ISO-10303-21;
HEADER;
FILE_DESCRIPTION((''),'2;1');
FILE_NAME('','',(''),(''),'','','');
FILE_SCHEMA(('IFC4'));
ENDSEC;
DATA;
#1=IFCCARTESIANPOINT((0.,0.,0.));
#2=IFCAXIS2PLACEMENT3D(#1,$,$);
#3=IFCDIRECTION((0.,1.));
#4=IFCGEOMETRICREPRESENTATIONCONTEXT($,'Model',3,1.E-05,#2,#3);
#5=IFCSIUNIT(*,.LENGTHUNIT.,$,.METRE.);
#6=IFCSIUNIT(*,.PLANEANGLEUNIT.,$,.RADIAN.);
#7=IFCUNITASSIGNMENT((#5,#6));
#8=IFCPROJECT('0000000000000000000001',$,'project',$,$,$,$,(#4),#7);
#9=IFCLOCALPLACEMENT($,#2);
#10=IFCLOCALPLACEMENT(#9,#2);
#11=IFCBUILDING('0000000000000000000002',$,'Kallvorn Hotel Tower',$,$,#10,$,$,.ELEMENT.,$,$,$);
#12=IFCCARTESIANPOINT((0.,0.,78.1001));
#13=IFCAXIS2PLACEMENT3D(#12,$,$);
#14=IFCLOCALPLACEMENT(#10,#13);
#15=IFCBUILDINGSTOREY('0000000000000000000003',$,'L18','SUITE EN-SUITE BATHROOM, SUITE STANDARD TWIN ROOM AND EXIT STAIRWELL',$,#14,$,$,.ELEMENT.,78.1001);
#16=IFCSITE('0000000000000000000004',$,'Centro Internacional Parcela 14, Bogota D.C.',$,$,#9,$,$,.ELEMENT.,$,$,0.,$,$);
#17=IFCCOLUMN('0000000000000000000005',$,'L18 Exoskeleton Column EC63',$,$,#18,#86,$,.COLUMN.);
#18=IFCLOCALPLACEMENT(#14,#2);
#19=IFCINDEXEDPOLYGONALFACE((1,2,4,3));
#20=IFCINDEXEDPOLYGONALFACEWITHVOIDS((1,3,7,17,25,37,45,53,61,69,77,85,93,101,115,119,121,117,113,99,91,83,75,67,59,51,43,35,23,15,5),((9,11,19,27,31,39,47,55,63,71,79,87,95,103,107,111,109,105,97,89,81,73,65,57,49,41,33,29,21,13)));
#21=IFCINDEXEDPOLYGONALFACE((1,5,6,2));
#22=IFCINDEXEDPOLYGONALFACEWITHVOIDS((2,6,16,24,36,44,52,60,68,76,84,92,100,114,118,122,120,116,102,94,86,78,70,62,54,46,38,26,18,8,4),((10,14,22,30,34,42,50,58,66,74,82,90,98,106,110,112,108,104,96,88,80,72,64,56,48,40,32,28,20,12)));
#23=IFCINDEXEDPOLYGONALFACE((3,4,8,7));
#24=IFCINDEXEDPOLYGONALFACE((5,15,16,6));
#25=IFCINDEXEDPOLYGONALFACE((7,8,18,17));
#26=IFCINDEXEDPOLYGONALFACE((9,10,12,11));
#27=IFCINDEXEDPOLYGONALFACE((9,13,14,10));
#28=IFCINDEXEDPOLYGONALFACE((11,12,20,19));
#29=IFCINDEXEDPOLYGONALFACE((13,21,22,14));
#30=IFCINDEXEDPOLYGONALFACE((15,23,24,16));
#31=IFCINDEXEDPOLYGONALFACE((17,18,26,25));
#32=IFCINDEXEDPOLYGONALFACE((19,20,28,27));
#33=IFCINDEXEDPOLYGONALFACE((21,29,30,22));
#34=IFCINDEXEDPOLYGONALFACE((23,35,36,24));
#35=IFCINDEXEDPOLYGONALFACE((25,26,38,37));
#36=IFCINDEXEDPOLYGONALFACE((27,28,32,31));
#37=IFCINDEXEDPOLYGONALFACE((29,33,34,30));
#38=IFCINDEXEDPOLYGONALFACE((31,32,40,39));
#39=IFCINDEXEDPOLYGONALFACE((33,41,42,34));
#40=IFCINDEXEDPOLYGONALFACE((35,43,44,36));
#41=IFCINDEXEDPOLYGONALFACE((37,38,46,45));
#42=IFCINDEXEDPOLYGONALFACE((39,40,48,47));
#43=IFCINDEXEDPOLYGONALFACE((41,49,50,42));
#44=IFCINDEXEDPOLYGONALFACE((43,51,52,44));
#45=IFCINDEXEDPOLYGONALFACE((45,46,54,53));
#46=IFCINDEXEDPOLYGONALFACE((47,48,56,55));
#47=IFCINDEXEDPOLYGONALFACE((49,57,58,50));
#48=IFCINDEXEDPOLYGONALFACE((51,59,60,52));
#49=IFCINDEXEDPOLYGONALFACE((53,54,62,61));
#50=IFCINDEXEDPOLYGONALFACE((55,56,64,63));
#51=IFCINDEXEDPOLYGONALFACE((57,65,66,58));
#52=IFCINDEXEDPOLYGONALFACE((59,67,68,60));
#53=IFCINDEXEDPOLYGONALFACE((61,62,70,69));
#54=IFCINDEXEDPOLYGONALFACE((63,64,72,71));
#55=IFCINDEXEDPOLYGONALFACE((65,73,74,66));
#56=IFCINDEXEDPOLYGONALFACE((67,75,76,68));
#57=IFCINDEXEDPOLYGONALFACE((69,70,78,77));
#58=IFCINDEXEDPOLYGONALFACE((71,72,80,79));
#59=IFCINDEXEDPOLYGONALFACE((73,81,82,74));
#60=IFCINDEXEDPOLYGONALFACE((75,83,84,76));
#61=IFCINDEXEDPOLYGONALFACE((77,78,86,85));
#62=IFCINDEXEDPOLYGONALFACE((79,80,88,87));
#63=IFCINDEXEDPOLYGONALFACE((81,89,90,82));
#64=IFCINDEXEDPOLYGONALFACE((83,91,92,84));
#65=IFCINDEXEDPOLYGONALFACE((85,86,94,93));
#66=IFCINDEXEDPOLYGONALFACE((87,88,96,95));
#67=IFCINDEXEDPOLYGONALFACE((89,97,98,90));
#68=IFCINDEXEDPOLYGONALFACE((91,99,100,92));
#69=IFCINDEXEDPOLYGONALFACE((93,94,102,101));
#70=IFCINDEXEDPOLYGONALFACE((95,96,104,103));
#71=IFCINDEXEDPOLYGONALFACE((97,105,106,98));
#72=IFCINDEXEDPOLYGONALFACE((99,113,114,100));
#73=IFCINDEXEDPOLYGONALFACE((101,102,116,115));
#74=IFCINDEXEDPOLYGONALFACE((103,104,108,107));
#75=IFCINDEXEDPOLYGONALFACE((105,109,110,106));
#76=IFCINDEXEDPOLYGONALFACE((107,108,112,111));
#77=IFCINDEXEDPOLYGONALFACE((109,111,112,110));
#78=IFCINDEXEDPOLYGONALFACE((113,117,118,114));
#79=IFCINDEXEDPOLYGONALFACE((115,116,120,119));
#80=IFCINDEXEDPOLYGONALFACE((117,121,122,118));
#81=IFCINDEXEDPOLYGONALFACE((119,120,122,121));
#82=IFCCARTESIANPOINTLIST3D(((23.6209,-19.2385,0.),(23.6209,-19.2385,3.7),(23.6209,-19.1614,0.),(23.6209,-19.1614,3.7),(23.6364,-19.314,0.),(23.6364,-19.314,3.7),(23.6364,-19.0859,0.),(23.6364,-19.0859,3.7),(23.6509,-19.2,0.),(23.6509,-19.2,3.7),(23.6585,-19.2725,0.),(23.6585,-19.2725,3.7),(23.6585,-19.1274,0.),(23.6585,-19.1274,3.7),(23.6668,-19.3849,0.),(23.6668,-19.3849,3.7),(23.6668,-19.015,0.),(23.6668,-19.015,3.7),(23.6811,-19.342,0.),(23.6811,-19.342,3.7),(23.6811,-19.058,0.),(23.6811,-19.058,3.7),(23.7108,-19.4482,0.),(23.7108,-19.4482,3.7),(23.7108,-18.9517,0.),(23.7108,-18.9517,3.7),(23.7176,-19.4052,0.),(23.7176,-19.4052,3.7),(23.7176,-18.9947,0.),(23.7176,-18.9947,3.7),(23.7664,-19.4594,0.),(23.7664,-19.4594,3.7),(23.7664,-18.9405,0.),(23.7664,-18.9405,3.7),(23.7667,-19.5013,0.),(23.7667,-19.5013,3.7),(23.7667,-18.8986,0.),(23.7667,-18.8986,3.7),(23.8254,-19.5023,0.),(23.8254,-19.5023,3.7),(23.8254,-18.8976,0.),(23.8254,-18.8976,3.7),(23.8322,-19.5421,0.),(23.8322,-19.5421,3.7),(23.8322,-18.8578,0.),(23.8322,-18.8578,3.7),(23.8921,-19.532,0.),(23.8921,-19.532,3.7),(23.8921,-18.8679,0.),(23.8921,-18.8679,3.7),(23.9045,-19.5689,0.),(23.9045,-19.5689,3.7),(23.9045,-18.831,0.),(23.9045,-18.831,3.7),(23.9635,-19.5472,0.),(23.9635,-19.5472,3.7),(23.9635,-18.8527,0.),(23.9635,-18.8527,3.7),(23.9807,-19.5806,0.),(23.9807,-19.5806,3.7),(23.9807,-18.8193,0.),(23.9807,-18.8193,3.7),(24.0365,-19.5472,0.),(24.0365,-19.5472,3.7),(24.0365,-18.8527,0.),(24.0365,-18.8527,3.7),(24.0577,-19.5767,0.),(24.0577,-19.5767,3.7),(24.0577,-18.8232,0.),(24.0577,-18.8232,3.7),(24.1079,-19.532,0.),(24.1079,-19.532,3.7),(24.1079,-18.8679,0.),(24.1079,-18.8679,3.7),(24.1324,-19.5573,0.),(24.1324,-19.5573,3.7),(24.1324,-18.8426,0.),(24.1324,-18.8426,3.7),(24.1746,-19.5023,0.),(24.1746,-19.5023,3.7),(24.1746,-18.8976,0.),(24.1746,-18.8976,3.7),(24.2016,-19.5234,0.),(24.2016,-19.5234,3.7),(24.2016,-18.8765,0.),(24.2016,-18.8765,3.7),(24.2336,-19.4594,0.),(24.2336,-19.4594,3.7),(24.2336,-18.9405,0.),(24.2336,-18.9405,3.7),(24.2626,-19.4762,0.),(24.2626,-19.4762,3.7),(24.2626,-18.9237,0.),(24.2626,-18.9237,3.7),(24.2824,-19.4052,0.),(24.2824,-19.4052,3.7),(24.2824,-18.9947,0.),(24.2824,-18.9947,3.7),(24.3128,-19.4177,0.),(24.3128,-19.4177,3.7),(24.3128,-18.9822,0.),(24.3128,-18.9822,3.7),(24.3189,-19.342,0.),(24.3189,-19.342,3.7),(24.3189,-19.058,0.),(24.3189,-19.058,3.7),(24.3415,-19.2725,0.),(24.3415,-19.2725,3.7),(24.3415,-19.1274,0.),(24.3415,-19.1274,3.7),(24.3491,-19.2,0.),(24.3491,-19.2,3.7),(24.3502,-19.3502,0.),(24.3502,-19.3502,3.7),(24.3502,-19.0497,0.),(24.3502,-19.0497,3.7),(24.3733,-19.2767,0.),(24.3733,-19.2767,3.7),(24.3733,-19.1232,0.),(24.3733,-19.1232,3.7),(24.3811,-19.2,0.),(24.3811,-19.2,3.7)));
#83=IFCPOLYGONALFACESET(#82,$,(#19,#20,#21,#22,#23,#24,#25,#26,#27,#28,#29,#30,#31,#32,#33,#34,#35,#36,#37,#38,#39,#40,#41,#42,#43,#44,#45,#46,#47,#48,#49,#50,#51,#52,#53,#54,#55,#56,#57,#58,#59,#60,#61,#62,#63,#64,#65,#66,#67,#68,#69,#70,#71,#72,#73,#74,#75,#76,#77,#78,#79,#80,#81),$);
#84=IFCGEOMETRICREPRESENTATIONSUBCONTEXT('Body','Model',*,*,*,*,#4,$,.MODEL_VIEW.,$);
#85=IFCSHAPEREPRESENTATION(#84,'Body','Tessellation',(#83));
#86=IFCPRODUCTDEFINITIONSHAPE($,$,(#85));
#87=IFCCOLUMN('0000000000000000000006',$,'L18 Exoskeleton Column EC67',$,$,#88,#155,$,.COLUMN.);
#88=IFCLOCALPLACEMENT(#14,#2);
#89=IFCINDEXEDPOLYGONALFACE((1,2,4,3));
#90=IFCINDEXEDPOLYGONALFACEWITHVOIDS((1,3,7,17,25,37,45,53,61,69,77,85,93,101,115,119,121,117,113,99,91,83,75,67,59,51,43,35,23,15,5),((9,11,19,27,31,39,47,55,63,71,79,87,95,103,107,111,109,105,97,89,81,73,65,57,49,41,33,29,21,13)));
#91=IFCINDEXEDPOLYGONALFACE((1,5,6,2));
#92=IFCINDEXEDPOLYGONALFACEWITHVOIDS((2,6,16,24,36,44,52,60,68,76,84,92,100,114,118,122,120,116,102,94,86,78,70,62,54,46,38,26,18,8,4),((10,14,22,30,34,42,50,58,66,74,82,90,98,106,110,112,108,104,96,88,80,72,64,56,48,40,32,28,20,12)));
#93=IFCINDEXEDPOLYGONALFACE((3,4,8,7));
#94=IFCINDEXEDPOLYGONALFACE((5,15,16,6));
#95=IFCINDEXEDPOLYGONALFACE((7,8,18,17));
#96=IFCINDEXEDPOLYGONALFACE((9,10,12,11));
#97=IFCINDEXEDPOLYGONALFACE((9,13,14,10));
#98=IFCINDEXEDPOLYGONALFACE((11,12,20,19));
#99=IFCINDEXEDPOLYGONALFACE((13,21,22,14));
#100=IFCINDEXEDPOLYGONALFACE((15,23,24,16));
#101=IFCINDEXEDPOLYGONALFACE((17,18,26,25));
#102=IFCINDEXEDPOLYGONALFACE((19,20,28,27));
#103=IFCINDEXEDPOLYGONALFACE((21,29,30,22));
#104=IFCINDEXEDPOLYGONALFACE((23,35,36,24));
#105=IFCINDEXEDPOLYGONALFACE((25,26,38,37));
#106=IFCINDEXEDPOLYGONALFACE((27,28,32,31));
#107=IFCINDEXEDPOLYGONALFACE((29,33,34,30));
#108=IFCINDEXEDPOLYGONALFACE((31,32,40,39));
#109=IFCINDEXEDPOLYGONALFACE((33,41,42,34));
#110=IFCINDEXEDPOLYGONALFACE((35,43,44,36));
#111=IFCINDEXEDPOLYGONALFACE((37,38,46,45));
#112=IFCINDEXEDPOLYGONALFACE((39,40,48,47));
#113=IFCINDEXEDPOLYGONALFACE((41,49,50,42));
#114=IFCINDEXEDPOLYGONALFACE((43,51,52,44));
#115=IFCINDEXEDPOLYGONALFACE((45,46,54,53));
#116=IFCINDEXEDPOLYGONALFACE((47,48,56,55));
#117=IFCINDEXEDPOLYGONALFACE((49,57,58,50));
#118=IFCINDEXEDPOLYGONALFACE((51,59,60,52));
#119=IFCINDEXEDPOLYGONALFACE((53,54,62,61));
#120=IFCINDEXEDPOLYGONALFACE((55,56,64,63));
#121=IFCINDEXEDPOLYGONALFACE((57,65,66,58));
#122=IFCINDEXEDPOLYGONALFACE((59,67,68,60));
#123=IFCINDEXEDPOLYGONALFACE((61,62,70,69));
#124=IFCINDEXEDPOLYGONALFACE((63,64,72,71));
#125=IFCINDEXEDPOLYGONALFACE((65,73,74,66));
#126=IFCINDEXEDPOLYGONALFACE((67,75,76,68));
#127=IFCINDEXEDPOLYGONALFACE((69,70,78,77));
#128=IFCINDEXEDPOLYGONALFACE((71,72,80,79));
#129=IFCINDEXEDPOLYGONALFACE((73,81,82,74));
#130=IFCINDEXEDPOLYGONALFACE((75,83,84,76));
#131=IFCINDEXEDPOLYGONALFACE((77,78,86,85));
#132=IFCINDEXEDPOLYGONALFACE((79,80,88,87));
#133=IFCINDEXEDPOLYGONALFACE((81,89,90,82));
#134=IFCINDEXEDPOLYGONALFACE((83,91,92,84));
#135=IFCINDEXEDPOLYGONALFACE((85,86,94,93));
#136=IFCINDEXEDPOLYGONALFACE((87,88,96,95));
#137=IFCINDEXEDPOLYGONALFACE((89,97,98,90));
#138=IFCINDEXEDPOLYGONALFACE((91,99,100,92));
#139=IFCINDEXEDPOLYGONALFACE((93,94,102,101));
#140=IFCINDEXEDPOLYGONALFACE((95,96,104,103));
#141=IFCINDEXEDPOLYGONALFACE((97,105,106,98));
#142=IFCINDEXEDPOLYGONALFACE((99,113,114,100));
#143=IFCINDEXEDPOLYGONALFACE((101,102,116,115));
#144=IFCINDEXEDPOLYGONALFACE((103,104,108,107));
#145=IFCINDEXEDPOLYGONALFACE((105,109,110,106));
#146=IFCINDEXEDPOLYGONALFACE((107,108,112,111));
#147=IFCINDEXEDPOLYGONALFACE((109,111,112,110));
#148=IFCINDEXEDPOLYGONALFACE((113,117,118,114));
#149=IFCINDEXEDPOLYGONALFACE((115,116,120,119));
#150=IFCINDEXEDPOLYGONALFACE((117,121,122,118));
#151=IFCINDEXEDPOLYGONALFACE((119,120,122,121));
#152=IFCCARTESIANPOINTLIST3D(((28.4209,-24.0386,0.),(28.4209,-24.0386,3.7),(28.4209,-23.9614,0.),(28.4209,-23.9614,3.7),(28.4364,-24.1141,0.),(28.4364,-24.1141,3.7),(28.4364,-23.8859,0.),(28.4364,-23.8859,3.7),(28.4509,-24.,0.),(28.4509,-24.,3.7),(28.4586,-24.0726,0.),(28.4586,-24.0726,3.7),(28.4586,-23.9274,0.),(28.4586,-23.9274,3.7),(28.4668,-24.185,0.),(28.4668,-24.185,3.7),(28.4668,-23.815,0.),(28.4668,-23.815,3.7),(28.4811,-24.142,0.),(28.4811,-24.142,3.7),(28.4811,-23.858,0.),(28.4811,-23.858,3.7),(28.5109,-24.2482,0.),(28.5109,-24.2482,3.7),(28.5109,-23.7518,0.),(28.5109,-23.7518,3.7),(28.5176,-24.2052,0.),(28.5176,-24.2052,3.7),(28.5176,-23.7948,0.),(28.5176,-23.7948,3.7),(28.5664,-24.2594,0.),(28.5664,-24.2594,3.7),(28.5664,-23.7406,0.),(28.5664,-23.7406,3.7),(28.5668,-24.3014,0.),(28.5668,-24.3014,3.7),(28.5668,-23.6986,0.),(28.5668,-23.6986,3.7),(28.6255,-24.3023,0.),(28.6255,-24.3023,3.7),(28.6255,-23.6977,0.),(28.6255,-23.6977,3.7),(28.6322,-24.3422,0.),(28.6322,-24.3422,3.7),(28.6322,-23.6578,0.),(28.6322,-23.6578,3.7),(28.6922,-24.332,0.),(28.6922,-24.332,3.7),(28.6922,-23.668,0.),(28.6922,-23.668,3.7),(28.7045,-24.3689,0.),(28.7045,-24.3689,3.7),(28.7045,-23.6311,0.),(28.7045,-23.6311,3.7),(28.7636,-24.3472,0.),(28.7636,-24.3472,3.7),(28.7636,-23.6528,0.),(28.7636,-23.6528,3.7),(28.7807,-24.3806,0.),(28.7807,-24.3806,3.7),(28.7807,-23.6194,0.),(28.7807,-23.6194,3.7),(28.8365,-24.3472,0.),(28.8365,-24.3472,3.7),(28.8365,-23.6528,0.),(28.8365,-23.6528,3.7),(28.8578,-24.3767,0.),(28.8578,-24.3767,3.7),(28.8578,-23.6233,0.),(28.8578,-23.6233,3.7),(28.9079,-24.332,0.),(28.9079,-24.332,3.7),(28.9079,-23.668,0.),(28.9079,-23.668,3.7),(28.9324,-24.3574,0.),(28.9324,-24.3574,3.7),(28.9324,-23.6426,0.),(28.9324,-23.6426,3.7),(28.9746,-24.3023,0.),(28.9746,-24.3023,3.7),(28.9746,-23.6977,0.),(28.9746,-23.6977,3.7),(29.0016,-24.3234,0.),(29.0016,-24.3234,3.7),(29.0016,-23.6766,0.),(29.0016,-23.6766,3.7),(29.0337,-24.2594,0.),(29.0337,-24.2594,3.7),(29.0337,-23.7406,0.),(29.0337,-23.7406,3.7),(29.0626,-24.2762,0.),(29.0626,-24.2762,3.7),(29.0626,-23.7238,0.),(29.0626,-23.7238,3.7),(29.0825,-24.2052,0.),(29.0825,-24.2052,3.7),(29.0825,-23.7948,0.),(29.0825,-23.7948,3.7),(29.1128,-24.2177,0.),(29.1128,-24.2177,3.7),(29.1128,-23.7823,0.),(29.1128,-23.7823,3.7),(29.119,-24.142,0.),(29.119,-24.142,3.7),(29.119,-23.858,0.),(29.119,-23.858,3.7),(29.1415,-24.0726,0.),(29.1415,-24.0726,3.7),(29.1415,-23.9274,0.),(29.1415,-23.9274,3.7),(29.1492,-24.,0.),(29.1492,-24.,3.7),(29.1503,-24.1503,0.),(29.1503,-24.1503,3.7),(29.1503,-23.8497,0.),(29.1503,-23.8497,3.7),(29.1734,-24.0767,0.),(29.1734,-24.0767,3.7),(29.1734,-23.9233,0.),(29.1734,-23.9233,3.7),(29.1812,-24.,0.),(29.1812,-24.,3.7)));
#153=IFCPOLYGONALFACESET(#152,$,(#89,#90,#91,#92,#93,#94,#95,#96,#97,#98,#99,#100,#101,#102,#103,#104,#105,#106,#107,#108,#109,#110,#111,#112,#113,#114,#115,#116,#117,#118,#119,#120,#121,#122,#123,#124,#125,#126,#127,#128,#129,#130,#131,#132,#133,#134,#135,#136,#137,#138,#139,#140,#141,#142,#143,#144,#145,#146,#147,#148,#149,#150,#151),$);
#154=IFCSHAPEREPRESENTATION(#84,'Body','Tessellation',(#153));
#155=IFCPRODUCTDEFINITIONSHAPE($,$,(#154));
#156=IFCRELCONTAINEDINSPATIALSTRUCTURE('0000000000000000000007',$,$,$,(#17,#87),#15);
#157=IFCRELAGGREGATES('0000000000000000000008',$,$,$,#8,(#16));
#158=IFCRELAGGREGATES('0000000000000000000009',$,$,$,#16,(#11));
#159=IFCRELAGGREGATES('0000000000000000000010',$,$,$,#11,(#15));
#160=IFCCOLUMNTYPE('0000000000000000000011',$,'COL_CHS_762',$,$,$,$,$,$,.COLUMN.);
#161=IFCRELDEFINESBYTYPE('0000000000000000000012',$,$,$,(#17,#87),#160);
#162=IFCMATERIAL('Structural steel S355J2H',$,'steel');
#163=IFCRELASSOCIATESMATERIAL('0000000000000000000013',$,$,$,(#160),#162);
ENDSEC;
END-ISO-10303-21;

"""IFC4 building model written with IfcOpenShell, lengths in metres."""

from ifc_helpers import new_model, si_unit, direction, frame, origin, origin_2d, place, context, subcontext, project, spatial, hollow_circle, extrude, material, material_profile, profile_set, type_object, element, save


model = new_model("IFC4")

# Units and contexts
model_context = context("Model", 3, precision=1e-05, world=origin(), true_north=direction((0.0, 1.0)))
body_context = subcontext(model_context, "Body", "Model", "MODEL_VIEW")
ifc_project = project(units=[si_unit("LENGTHUNIT", "METRE"), si_unit("PLANEANGLEUNIT", "RADIAN")], contexts=[model_context])

# Site, building, storey
site_placement = place(None, origin())
site = spatial("IfcSite", under=ifc_project, at=site_placement, Name="Centro Internacional Parcela 14, Bogota D.C.", CompositionType="ELEMENT", RefElevation=0.0)
building_placement = place(site_placement, origin())
building = spatial("IfcBuilding", under=site, at=building_placement, Name="Kallvorn Hotel Tower", CompositionType="ELEMENT")
storey_placement = place(building_placement, frame((0.0, 0.0, 78.1001)))
storey = spatial("IfcBuildingStorey", under=building, at=storey_placement, Name="L18", Description="SUITE EN-SUITE BATHROOM, SUITE STANDARD TWIN ROOM AND EXIT STAIRWELL", CompositionType="ELEMENT", Elevation=78.1001)

# Columns
ifc_material_1 = material(Name="Structural steel S355J2H", Category="steel")
ifc_material_profile_1 = material_profile(ifc_material_1, hollow_circle(Radius=0.3811, WallThickness=0.032, at=origin_2d()), Name="CHS 762x32")
ifc_profile_set_1 = profile_set([ifc_material_profile_1], Name="Structural steel S355J2H")
column_type = type_object("IfcColumnType", Name="COL_CHS_762", PredefinedType="COLUMN", material=ifc_profile_set_1)
for number, where, z_axis, x_axis, name in (
    (1, (24.0, -19.2, 0.0), (0.0, 0.0, 1.0), (1.0, 0.0, 0.0), "L18 Exoskeleton Column EC63"),
    (2, (28.8, -24.0, 0.0), (0.0, 0.0, 1.0), (1.0, 0.0, 0.0), "L18 Exoskeleton Column EC67"),
):
    element("IfcColumn", number, at=place(storey_placement, frame(where, z_axis=z_axis, x_axis=x_axis)), inside=storey, type_object=column_type, Name=name, PredefinedType="COLUMN", context=body_context, shape_type="SweptSolid", body=[
        extrude(hollow_circle(Radius=0.3811, WallThickness=0.032, at=origin_2d()), origin(), (0.0, 0.0, 1.0), 3.7),
    ])

save(model, "model.ifc")
